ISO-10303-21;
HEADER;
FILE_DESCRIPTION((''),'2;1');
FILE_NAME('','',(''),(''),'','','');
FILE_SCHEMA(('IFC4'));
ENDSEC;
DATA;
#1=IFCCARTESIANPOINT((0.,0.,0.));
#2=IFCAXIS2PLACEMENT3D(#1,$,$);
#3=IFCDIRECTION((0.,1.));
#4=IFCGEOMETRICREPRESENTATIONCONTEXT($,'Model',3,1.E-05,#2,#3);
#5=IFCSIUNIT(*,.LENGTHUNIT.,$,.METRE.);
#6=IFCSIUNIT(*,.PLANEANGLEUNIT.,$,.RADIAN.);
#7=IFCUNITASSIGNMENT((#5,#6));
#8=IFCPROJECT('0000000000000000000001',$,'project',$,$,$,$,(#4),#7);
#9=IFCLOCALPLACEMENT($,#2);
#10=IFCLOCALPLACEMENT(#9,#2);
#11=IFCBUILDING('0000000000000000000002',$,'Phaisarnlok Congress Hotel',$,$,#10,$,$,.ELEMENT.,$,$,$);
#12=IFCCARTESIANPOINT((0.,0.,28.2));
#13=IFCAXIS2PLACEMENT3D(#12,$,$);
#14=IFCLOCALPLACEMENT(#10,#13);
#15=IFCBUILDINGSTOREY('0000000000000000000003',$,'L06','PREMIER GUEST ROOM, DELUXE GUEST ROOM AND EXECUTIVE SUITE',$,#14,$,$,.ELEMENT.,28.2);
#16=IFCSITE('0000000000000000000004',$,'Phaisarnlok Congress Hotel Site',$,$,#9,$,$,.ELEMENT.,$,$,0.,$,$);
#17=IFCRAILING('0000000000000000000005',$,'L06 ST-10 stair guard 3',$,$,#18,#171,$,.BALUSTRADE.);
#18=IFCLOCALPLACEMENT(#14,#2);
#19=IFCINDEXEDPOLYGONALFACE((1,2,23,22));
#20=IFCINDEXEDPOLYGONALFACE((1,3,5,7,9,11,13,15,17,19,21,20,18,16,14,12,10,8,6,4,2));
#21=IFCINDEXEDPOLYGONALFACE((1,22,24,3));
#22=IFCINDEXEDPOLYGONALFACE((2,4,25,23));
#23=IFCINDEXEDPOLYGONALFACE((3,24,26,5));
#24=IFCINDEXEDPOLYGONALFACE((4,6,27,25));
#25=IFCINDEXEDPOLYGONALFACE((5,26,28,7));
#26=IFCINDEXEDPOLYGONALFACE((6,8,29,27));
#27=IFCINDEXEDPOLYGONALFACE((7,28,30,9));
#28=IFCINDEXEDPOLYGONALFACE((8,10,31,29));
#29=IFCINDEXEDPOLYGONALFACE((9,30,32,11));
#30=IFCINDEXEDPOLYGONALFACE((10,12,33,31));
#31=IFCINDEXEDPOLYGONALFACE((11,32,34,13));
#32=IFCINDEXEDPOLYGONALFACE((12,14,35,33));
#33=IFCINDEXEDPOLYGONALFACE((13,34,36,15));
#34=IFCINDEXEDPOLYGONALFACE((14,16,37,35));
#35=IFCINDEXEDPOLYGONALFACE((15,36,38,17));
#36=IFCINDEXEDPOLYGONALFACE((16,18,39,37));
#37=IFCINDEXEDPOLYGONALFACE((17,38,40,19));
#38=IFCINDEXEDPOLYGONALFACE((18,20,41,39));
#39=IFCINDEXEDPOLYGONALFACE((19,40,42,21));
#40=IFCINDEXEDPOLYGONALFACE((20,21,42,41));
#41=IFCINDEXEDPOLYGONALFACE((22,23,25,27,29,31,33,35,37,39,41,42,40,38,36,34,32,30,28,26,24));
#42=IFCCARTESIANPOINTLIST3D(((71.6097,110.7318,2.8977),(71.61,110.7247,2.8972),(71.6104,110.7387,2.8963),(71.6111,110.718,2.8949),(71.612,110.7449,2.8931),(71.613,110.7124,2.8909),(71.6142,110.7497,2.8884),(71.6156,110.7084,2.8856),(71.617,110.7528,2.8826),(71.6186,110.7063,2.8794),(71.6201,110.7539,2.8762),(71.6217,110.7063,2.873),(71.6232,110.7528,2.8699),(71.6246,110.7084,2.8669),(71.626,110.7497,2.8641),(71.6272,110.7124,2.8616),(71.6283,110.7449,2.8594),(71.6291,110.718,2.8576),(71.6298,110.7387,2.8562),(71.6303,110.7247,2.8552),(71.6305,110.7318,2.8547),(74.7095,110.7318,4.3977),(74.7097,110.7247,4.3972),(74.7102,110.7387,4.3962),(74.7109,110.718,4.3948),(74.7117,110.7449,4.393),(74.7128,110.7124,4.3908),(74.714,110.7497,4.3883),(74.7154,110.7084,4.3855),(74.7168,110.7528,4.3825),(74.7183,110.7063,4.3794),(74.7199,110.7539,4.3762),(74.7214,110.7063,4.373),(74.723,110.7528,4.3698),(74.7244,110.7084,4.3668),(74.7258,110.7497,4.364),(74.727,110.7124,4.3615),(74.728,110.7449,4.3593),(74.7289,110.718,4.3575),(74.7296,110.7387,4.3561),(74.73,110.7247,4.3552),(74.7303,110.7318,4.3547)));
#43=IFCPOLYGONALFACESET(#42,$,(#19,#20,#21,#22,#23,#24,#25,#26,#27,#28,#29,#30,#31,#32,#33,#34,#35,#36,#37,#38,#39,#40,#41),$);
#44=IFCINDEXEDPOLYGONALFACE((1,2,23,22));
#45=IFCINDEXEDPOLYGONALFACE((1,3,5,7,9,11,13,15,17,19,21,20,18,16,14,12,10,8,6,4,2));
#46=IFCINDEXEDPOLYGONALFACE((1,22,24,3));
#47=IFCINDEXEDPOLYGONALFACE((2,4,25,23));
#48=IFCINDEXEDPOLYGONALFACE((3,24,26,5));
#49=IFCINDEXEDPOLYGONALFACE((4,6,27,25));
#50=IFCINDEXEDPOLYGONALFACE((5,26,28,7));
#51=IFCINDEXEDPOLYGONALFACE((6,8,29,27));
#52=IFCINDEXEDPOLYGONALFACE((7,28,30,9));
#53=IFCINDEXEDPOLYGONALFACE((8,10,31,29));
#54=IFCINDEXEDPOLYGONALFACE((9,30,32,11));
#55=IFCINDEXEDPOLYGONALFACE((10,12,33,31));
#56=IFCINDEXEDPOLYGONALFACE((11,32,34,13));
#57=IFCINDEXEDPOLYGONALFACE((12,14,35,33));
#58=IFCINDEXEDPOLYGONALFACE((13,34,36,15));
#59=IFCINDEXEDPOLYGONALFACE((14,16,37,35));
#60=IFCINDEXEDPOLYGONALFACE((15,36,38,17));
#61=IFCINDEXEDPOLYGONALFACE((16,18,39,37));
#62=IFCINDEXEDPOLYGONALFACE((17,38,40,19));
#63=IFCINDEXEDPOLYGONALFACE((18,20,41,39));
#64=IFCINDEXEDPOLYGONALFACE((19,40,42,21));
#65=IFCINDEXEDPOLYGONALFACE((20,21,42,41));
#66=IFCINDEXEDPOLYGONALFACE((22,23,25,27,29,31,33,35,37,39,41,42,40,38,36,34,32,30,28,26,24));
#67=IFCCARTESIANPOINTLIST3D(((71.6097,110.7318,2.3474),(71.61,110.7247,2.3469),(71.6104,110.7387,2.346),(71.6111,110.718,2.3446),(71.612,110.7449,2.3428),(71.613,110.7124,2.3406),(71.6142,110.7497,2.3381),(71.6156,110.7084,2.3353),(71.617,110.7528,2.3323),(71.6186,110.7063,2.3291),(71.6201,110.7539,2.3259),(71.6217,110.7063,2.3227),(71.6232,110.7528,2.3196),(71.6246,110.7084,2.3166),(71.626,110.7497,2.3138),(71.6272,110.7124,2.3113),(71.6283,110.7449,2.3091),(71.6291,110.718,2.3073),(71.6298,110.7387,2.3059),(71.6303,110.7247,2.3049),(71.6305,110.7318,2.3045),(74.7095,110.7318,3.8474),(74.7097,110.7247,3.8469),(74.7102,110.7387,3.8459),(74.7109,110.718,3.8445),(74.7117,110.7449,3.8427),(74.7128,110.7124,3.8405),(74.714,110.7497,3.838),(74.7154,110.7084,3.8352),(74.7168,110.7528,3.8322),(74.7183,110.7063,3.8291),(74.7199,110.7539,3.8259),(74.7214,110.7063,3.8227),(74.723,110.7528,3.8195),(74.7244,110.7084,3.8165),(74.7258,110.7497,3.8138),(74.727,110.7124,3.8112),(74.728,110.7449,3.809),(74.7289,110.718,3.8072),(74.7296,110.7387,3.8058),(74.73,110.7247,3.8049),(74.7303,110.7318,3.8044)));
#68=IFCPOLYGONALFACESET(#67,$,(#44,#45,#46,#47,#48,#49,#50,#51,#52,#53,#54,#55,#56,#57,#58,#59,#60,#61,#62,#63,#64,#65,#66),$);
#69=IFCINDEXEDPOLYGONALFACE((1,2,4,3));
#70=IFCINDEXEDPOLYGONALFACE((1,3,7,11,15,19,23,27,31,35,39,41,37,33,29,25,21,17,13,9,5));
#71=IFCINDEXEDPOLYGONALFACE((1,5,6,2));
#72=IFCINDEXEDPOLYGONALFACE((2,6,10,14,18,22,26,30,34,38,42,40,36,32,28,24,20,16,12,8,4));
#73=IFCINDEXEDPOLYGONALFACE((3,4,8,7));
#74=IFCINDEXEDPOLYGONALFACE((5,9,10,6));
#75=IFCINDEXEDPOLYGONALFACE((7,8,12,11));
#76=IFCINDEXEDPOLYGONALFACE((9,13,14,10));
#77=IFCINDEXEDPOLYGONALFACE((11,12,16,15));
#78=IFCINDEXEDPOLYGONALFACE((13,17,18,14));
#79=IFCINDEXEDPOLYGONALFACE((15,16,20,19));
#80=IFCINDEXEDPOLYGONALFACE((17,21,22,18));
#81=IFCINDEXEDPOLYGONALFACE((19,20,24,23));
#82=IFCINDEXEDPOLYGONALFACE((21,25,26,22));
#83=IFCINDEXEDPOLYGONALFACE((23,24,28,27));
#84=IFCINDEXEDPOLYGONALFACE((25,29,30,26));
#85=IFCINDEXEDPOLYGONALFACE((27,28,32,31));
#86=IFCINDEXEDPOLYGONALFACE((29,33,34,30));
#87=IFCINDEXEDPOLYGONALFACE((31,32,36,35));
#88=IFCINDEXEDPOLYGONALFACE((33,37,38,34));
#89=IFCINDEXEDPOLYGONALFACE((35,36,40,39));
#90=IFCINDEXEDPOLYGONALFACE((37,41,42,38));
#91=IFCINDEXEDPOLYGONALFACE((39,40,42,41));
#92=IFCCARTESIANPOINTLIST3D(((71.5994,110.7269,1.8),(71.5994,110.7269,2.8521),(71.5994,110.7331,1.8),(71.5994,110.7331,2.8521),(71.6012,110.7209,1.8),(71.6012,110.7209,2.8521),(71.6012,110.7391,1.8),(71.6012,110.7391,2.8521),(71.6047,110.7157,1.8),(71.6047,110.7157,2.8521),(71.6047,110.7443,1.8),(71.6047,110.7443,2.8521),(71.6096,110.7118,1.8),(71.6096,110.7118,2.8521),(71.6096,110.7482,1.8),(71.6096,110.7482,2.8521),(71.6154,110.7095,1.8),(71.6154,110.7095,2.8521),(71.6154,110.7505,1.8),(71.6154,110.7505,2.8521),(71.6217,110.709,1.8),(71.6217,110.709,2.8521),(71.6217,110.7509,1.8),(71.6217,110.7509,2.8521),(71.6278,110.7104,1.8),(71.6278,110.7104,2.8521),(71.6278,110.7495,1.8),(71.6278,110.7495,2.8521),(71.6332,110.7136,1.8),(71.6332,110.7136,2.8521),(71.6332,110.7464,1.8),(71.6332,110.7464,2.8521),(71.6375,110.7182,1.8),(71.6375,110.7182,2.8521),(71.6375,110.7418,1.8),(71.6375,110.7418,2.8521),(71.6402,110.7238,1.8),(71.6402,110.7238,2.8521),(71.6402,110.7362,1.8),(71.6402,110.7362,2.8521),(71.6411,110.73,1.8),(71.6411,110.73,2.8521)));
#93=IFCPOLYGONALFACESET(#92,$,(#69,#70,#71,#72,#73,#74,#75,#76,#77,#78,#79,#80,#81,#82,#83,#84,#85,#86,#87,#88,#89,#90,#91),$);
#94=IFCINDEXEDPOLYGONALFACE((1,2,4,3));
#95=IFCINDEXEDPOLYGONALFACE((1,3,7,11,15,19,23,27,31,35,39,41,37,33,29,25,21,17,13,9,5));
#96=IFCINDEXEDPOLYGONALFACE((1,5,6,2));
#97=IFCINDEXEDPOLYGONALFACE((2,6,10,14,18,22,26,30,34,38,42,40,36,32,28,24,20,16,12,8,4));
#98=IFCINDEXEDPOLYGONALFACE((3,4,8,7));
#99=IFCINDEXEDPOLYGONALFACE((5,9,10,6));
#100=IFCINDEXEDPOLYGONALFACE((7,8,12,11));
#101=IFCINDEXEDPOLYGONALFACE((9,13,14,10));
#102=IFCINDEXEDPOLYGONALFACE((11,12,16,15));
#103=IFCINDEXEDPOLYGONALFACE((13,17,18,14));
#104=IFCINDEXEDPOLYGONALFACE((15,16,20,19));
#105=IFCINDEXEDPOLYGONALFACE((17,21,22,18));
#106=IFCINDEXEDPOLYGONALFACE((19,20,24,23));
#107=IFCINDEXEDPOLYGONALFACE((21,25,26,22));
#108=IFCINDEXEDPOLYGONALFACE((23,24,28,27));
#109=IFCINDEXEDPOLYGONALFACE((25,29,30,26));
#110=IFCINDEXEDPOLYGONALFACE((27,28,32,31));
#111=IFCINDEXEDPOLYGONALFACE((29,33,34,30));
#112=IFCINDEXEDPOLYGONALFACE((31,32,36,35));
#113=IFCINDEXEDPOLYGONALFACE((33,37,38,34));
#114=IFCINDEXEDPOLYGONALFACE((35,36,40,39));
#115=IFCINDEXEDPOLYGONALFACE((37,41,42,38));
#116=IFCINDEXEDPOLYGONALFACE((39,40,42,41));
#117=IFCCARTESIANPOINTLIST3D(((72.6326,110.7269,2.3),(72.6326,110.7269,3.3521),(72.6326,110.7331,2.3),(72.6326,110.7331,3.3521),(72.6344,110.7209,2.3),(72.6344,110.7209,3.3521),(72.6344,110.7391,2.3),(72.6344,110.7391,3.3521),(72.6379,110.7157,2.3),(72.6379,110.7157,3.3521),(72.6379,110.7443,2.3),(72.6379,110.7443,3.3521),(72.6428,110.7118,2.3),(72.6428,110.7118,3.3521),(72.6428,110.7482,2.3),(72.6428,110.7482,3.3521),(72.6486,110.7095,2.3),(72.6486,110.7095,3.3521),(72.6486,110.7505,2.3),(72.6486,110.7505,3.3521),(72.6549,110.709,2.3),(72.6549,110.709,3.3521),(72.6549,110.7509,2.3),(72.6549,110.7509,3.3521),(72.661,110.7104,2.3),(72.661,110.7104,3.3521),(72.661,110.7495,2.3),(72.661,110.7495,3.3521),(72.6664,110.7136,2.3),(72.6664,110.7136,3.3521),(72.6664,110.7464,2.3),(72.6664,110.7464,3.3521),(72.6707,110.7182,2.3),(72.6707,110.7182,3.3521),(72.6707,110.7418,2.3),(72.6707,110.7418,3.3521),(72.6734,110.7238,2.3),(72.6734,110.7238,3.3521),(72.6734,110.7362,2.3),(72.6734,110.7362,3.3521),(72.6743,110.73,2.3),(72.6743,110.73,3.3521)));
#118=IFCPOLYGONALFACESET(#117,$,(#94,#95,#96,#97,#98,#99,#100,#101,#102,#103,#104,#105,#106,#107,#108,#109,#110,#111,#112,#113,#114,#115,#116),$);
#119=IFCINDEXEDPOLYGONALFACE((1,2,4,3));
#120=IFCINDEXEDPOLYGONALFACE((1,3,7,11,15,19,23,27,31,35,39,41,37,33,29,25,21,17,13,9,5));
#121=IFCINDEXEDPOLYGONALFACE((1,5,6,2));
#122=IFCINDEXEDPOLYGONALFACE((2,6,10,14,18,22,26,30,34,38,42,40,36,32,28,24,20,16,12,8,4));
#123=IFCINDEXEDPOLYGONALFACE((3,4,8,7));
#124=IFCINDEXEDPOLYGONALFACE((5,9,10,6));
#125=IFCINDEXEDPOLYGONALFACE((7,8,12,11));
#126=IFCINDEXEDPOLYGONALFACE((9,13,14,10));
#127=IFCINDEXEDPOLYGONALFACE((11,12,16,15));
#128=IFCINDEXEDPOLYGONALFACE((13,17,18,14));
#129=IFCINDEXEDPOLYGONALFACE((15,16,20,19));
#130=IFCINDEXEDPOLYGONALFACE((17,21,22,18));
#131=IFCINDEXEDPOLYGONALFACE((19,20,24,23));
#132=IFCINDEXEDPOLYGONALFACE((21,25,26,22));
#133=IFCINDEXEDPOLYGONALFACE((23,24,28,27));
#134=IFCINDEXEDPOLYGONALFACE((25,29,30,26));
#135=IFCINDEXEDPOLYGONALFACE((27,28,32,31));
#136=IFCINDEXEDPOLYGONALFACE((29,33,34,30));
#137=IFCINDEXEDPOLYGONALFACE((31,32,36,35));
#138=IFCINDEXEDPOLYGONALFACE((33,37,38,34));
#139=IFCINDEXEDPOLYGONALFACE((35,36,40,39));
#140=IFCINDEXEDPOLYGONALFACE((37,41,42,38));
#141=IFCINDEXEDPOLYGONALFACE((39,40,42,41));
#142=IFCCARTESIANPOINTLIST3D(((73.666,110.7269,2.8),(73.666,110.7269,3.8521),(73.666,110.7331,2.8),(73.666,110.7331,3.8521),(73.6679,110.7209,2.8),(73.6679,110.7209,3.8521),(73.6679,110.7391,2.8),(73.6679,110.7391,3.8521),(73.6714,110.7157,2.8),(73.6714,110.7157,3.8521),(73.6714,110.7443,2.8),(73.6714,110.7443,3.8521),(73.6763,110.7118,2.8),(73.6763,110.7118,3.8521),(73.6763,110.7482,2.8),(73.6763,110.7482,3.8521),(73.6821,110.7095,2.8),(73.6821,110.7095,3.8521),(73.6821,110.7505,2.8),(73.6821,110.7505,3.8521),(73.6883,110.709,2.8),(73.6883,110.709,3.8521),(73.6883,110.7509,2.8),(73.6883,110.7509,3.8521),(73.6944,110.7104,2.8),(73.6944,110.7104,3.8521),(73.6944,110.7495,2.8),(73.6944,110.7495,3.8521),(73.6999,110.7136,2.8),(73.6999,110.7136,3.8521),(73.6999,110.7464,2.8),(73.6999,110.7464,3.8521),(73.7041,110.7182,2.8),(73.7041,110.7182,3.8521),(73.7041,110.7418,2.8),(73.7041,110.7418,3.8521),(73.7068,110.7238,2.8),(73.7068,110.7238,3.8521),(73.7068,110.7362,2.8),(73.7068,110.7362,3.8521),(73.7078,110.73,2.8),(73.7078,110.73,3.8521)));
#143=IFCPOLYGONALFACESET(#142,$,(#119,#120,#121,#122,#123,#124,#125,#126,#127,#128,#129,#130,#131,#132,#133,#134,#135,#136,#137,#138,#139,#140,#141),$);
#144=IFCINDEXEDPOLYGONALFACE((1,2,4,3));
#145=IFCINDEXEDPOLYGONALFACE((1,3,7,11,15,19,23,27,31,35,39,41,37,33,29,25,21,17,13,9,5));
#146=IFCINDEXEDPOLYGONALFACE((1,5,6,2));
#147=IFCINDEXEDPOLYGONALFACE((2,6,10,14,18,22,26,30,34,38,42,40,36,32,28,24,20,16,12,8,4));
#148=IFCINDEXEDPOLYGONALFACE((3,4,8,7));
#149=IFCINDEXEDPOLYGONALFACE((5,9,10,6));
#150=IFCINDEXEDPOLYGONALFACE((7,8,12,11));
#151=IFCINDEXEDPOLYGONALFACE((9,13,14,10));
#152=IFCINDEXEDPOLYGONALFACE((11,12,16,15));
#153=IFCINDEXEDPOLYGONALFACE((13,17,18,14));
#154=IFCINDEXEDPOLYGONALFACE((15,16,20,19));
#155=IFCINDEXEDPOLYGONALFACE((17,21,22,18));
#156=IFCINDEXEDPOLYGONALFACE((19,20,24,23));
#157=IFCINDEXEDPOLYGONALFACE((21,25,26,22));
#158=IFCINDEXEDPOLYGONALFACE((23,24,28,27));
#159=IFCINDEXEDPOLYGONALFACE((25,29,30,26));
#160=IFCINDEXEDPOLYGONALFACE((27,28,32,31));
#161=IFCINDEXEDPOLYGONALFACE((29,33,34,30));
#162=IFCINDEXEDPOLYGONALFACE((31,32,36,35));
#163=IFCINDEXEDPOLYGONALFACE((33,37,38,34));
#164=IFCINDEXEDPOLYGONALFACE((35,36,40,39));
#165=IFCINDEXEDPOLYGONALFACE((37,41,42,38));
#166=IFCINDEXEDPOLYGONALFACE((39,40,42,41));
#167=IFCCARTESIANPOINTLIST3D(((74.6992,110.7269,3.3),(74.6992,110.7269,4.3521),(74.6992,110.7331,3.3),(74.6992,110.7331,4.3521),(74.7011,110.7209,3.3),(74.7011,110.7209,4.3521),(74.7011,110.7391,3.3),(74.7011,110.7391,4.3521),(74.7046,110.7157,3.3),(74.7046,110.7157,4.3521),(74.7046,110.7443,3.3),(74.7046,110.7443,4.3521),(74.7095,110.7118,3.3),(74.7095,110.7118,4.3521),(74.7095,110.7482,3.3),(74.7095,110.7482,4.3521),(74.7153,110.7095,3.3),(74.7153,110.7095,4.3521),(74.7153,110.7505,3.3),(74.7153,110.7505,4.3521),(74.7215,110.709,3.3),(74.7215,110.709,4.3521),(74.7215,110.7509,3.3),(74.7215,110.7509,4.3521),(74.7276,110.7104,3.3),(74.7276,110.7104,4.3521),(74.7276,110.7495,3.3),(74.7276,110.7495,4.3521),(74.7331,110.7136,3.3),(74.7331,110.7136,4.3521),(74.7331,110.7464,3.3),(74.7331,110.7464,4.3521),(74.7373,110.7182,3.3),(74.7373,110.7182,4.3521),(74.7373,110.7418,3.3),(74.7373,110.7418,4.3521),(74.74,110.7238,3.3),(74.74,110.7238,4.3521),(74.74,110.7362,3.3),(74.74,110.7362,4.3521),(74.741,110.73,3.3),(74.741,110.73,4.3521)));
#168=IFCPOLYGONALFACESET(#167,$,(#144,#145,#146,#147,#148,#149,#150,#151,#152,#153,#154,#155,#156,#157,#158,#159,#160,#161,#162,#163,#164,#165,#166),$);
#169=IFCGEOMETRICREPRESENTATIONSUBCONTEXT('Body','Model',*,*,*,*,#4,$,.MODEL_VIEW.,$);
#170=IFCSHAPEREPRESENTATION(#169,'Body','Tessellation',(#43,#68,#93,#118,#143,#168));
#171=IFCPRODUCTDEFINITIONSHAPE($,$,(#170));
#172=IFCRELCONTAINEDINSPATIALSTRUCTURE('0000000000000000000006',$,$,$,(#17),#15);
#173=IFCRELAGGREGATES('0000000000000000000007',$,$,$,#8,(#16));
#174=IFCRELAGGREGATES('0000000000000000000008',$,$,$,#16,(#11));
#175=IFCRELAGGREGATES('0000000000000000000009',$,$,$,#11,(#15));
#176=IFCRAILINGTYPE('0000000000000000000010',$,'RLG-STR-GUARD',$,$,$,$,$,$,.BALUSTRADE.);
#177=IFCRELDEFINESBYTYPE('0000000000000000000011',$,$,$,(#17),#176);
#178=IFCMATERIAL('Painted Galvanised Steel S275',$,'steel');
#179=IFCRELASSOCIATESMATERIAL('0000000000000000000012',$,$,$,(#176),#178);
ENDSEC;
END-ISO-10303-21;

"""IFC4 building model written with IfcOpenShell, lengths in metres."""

from ifc_helpers import new_model, si_unit, direction, frame, origin, origin_2d, place, context, subcontext, project, spatial, circle, extrude, material, type_object, element, save


model = new_model("IFC4")

# Units and contexts
model_context = context("Model", 3, precision=1e-05, world=origin(), true_north=direction((0.0, 1.0)))
body_context = subcontext(model_context, "Body", "Model", "MODEL_VIEW")
ifc_project = project(units=[si_unit("LENGTHUNIT", "METRE"), si_unit("PLANEANGLEUNIT", "RADIAN")], contexts=[model_context])

# Site, building, storey
site_placement = place(None, origin())
site = spatial("IfcSite", under=ifc_project, at=site_placement, Name="Phaisarnlok Congress Hotel Site", CompositionType="ELEMENT", RefElevation=0.0)
building_placement = place(site_placement, origin())
building = spatial("IfcBuilding", under=site, at=building_placement, Name="Phaisarnlok Congress Hotel", CompositionType="ELEMENT")
storey_placement = place(building_placement, frame((0.0, 0.0, 28.2)))
storey = spatial("IfcBuildingStorey", under=building, at=storey_placement, Name="L06", Description="PREMIER GUEST ROOM, DELUXE GUEST ROOM AND EXECUTIVE SUITE", CompositionType="ELEMENT", Elevation=28.2)

# Railing
ifc_material_1 = material(Name="Painted Galvanised Steel S275", Category="steel")
railing_type_1 = type_object("IfcRailingType", Name="RLG-STR-GUARD", PredefinedType="BALUSTRADE", material=ifc_material_1)
railing_1_placement = place(storey_placement, frame((71.6201, 110.73, 1.8)))
element("IfcRailing", 1, at=railing_1_placement, inside=storey, type_object=railing_type_1, Name="L06 ST-10 stair guard 3", PredefinedType="BALUSTRADE", context=body_context, shape_type="SweptSolid", body=[
    extrude(circle(Radius=0.0239, at=origin_2d()), frame((0.0, 0.0, 1.0762), z_axis=(0.900151, 0.0, 0.435578), x_axis=(0.0, 1.0, 0.0)), (0.0, 0.0, 1.0), 3.4436),
    extrude(circle(Radius=0.0239, at=origin_2d()), frame((0.0, 0.0, 0.5259), z_axis=(0.900151, 0.0, 0.435578), x_axis=(0.0, 1.0, 0.0)), (0.0, 0.0, 1.0), 3.4436),
    extrude(circle(Radius=0.021, at=origin_2d()), origin(), (0.0, 0.0, 1.0), 1.052),
    extrude(circle(Radius=0.021, at=origin_2d()), frame((1.0332, 0.0, 0.5)), (0.0, 0.0, 1.0), 1.052),
    extrude(circle(Radius=0.021, at=origin_2d()), frame((2.0667, 0.0, 1.0)), (0.0, 0.0, 1.0), 1.052),
    extrude(circle(Radius=0.021, at=origin_2d()), frame((3.0999, 0.0, 1.5)), (0.0, 0.0, 1.0), 1.052),
])

save(model, "model.ifc")
